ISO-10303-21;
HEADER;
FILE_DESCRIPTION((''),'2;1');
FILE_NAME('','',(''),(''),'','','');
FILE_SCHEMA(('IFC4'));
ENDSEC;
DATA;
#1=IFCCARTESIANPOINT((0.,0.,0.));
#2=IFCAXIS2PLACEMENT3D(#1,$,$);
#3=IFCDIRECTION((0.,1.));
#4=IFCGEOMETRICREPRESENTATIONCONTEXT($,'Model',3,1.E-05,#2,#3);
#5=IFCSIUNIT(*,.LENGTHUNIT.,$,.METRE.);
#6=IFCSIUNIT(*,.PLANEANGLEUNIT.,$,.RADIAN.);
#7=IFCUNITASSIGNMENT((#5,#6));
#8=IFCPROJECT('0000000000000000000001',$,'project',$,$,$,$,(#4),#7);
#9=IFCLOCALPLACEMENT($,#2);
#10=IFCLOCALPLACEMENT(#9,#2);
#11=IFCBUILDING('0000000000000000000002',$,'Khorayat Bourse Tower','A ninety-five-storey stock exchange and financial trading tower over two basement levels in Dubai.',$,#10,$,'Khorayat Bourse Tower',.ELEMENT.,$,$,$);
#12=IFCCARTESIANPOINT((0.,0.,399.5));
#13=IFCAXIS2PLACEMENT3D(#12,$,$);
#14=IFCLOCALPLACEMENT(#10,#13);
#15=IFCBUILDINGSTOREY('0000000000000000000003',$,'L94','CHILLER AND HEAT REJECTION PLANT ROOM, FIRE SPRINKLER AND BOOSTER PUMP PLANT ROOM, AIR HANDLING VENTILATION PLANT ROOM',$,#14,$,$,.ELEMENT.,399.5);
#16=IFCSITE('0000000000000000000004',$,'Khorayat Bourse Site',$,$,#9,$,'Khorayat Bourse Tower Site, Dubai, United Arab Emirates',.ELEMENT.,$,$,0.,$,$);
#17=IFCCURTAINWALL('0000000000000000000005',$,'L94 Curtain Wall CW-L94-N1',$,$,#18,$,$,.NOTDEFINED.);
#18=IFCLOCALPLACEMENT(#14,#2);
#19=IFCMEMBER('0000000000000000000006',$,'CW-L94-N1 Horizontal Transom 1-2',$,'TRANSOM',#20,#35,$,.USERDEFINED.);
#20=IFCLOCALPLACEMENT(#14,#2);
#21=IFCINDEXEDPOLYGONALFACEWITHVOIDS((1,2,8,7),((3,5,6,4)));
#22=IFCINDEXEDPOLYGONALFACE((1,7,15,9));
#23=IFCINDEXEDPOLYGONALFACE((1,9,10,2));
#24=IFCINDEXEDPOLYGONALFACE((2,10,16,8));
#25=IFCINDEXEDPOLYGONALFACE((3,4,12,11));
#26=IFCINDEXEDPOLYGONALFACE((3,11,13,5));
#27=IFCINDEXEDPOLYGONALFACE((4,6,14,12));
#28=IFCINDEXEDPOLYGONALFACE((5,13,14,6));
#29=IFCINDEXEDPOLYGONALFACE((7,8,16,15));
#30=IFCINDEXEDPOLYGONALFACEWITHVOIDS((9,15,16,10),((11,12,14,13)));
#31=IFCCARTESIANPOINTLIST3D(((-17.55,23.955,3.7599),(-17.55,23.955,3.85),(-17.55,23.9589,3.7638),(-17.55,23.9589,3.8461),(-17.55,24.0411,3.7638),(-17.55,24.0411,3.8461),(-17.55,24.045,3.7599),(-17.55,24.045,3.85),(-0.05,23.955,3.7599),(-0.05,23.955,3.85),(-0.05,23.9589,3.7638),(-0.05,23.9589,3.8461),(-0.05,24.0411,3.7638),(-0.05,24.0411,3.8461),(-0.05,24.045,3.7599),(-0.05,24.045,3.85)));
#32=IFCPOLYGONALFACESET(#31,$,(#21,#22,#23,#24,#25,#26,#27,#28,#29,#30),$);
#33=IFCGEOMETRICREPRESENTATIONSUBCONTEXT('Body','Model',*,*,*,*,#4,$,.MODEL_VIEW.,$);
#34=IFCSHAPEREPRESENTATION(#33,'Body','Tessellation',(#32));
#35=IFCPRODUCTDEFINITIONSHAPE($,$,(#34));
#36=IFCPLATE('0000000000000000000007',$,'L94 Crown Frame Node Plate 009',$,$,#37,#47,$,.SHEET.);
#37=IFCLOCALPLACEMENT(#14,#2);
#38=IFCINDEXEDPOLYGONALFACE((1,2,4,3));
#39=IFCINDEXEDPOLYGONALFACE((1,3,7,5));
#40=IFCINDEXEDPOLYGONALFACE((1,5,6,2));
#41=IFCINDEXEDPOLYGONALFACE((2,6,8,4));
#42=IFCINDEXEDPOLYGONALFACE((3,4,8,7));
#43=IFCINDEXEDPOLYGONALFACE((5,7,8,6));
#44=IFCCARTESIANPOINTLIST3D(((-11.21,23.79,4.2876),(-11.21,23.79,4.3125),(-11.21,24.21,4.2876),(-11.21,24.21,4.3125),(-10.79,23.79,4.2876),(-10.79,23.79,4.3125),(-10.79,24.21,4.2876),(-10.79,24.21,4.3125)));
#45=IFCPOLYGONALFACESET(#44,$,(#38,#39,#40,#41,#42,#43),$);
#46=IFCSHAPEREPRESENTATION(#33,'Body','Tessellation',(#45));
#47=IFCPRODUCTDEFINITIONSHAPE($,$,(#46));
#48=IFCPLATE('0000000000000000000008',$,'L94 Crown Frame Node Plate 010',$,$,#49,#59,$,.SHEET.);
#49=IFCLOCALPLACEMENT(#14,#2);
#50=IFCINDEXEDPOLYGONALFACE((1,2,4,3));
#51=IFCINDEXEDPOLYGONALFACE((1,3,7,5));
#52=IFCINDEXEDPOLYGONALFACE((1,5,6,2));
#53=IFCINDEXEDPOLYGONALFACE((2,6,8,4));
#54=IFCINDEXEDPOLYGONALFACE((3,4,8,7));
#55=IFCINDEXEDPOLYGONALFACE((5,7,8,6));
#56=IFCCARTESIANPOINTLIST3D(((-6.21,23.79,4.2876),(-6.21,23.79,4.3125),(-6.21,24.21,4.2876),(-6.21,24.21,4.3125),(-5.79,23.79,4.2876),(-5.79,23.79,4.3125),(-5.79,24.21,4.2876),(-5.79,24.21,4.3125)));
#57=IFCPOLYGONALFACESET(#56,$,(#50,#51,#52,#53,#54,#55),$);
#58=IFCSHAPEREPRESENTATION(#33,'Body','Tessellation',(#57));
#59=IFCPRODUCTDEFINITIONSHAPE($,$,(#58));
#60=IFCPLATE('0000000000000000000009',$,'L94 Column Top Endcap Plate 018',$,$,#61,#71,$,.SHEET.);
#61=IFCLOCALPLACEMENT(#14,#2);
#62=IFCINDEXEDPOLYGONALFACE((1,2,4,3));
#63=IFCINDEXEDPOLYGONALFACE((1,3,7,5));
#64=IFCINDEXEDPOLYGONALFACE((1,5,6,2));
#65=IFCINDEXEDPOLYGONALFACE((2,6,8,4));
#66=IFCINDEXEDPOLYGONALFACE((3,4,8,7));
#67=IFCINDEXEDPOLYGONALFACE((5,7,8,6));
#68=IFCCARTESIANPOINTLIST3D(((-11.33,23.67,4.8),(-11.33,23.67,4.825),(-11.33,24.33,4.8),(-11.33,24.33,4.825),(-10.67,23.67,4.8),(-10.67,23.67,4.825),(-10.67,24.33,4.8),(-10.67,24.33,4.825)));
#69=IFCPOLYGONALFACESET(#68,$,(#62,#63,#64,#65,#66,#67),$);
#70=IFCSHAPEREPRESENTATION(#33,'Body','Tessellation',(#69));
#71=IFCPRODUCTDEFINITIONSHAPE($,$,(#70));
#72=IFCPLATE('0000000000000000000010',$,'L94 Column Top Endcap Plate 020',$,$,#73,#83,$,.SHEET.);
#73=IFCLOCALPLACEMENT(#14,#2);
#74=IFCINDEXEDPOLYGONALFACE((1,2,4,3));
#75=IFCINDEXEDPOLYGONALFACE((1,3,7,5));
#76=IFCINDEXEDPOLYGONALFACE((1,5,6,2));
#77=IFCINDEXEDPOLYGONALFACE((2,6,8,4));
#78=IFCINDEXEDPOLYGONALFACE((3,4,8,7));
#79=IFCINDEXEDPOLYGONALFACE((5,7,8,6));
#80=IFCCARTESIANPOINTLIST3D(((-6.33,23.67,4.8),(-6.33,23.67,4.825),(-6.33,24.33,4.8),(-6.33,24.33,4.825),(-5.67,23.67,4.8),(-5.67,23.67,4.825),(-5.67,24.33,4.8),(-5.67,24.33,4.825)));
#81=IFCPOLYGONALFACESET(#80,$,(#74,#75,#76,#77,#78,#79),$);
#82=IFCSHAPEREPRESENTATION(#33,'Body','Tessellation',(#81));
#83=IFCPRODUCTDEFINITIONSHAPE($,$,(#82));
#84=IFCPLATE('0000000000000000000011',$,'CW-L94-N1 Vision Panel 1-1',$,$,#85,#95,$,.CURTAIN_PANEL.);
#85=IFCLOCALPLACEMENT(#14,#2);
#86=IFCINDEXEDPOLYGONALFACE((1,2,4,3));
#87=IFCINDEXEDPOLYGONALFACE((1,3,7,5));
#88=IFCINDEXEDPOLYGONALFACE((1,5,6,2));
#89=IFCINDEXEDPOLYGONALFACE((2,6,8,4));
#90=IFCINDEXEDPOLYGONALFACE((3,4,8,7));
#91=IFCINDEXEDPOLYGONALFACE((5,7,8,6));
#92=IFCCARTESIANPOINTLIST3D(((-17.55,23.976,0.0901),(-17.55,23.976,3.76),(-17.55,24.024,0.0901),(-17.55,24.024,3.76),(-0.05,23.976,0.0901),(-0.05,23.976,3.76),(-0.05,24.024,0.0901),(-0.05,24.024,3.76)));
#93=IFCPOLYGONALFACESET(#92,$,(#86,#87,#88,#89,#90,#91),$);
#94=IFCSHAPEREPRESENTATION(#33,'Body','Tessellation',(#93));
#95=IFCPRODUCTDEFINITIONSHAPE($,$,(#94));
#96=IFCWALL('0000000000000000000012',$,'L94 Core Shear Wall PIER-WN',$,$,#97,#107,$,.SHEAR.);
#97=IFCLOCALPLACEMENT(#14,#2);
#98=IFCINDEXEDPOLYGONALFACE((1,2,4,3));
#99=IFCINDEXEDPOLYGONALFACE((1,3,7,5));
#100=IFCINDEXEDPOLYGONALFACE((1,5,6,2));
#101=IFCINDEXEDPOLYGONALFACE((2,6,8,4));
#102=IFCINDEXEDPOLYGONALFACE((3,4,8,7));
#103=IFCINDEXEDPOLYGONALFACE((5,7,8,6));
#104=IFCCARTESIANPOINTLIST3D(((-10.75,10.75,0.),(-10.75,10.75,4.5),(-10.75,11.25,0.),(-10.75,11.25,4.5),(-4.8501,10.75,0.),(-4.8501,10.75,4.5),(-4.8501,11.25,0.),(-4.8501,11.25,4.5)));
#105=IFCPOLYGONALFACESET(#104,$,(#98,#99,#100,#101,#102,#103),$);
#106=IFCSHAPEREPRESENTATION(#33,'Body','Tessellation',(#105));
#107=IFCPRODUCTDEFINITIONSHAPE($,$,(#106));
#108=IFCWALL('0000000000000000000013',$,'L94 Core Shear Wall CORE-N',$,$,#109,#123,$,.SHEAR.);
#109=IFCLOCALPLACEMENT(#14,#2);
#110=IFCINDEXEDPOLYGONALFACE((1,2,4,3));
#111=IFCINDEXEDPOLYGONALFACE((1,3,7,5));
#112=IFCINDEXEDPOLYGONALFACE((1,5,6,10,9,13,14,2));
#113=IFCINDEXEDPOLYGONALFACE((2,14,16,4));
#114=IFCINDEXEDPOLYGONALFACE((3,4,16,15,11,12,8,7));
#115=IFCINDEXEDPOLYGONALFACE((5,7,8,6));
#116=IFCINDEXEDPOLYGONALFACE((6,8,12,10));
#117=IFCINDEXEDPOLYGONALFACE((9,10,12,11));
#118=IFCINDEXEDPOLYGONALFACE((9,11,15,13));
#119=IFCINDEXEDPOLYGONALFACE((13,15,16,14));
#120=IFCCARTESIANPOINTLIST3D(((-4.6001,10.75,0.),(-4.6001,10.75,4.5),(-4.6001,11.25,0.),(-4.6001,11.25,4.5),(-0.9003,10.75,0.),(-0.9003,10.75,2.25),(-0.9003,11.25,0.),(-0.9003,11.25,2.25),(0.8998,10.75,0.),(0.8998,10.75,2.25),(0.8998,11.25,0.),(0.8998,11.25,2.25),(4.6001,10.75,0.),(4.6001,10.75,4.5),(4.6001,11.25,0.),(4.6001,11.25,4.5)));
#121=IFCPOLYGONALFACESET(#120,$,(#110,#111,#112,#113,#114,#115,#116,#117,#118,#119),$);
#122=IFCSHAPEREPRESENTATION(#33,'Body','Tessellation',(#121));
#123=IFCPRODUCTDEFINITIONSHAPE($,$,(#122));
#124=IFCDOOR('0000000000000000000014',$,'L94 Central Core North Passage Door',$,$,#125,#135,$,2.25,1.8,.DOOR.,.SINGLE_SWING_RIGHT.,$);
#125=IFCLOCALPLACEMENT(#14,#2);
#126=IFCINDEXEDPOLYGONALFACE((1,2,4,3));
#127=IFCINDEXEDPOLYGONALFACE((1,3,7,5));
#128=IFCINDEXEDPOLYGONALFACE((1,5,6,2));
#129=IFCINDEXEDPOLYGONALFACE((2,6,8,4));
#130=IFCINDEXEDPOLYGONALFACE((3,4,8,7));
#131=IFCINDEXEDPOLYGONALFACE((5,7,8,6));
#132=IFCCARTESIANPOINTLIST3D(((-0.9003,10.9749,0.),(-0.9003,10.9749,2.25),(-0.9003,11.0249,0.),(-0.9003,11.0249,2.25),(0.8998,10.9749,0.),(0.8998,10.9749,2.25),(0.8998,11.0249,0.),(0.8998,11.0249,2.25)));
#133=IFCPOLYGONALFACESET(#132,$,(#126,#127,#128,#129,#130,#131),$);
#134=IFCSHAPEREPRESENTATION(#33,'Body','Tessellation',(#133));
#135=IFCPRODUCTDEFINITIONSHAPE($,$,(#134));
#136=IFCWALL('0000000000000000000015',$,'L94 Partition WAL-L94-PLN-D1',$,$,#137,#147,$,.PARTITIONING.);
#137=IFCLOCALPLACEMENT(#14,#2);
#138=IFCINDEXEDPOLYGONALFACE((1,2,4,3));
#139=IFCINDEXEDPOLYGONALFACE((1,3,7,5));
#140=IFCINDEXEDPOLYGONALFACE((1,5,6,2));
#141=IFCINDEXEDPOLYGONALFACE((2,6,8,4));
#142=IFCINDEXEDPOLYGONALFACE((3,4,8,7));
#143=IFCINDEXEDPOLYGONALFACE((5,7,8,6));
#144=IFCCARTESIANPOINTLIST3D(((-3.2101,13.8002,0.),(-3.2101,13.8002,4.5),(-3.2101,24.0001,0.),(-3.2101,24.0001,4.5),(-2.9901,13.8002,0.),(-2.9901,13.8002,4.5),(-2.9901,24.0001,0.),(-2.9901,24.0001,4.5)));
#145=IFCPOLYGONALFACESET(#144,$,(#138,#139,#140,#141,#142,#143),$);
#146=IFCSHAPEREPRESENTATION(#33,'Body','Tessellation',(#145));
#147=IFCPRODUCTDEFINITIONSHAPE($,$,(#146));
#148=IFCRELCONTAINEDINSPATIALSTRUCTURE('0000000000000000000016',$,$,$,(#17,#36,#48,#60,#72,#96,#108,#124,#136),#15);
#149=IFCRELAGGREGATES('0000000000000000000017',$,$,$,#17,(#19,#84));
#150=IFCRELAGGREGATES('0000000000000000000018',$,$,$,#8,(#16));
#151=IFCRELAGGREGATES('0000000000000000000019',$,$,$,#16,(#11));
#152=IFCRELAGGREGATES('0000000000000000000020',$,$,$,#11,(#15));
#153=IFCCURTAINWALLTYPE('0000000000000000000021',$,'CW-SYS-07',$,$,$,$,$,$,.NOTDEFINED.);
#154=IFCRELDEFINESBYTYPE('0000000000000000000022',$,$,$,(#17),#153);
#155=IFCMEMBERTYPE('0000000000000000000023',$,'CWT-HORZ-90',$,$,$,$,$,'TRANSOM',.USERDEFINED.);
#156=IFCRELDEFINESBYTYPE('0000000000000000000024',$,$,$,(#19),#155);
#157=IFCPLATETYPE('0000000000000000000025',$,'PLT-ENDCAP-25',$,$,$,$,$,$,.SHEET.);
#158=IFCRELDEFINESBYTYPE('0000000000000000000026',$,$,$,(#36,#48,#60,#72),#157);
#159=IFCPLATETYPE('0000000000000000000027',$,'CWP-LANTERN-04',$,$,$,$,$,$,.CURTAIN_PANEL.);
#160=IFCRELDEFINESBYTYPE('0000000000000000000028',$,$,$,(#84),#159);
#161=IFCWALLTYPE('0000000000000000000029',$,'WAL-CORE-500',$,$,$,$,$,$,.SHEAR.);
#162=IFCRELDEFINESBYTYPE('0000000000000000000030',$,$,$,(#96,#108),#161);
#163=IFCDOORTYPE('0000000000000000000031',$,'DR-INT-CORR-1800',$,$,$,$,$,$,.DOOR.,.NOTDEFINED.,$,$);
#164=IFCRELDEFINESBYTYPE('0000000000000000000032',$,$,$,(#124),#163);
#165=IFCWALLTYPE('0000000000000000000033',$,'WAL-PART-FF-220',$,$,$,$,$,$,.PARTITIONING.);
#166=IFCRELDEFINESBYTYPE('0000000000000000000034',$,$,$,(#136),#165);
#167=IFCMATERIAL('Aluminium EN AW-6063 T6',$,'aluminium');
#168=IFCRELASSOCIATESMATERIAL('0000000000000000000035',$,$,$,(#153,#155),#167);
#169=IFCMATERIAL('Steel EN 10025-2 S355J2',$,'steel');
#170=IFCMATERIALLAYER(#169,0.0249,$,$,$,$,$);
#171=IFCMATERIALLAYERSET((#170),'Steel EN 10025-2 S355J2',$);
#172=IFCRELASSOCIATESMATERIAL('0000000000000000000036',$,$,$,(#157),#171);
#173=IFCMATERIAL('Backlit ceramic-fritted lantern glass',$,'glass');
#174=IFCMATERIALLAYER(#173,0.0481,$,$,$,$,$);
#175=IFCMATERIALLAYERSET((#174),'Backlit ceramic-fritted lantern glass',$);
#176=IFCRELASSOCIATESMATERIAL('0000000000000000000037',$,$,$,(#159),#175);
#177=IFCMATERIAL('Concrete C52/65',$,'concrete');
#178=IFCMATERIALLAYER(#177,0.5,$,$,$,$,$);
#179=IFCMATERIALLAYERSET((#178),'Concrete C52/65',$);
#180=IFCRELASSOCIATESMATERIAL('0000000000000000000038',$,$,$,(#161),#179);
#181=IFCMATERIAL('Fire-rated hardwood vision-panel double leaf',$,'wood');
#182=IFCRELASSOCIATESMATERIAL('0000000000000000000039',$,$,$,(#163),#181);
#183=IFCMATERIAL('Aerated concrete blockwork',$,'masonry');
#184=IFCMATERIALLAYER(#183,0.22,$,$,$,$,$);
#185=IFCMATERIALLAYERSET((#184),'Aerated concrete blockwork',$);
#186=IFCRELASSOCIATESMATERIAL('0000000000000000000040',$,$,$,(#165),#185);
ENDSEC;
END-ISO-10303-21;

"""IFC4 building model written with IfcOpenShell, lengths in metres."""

from ifc_helpers import new_model, si_unit, direction, frame, frame_2d, origin, origin_2d, place, context, subcontext, project, spatial, rectangle, hollow_rectangle, extrude, source, transform, mapped, material, layer, layer_set, material_profile, profile_set, type_object, element, fill, aggregate, save


model = new_model("IFC4")

# Units and contexts
model_context = context("Model", 3, precision=1e-05, world=origin(), true_north=direction((0.0, 1.0)))
body_context = subcontext(model_context, "Body", "Model", "MODEL_VIEW")
ifc_project = project(units=[si_unit("LENGTHUNIT", "METRE"), si_unit("PLANEANGLEUNIT", "RADIAN")], contexts=[model_context])

# Site, building, storey
site_placement = place(None, origin())
site = spatial("IfcSite", under=ifc_project, at=site_placement, Name="Khorayat Bourse Site", LongName="Khorayat Bourse Tower Site, Dubai, United Arab Emirates", CompositionType="ELEMENT", RefElevation=0.0)
building_placement = place(site_placement, origin())
building = spatial("IfcBuilding", under=site, at=building_placement, Name="Khorayat Bourse Tower", Description="A ninety-five-storey stock exchange and financial trading tower over two basement levels in Dubai.", LongName="Khorayat Bourse Tower", CompositionType="ELEMENT")
storey_placement = place(building_placement, frame((0.0, 0.0, 399.5)))
storey = spatial("IfcBuildingStorey", under=building, at=storey_placement, Name="L94", Description="CHILLER AND HEAT REJECTION PLANT ROOM, FIRE SPRINKLER AND BOOSTER PUMP PLANT ROOM, AIR HANDLING VENTILATION PLANT ROOM", CompositionType="ELEMENT", Elevation=399.5)

# Shared definitions
ifc_material_1 = material(Name="Concrete C52/65", Category="concrete")
ifc_material_2 = material(Name="Steel EN 10025-2 S355J2", Category="steel")

# Curtain wall, member
ifc_material_3 = material(Name="Aluminium EN AW-6063 T6", Category="aluminium")
curtain_wall_type = type_object("IfcCurtainWallType", Name="CW-SYS-07", PredefinedType="NOTDEFINED", material=ifc_material_3)
curtain_wall_placement = place(storey_placement, origin())
curtain_wall = element("IfcCurtainWall", 1, at=curtain_wall_placement, inside=storey, type_object=curtain_wall_type, Name="L94 Curtain Wall CW-L94-N1", PredefinedType="NOTDEFINED")
ifc_material_profile_1 = material_profile(ifc_material_3, hollow_rectangle(XDim=0.0901, YDim=0.0901, WallThickness=0.0039, at=origin_2d()), Name="ALU 90x90x4")
ifc_profile_set_1 = profile_set([ifc_material_profile_1], Name="Aluminium EN AW-6063 T6")
member_type_1 = type_object("IfcMemberType", Name="CWT-HORZ-90", ElementType="TRANSOM", PredefinedType="USERDEFINED", material=ifc_profile_set_1)
shared_shape_1 = source(origin(), body_context, "Body", "SweptSolid", [
    extrude(hollow_rectangle(XDim=0.0901, YDim=0.0901, WallThickness=0.0039, at=origin_2d()), origin(), (0.0, 0.0, 1.0), 17.5),
])
member_1_placement = place(storey_placement, frame((-17.55, 24.0, 3.8049), z_axis=(1.0, 0.0, 0.0), x_axis=(0.0, 1.0, 0.0)))
member_1 = element("IfcMember", 2, at=member_1_placement, type_object=member_type_1, Name="CW-L94-N1 Horizontal Transom 1-2", ObjectType="TRANSOM", PredefinedType="USERDEFINED", context=body_context, shape_type="MappedRepresentation", body=[
    mapped(shared_shape_1, transform((0.0, 0.0, 0.0), scale=1.0)),
])

# Plates
ifc_layer_1 = layer(ifc_material_2, 0.0249)
ifc_layer_set_1 = layer_set([ifc_layer_1], Name="Steel EN 10025-2 S355J2")
plate_type_1 = type_object("IfcPlateType", Name="PLT-ENDCAP-25", PredefinedType="SHEET", material=ifc_layer_set_1)
shared_shape_2 = source(origin(), body_context, "Body", "SweptSolid", [
    extrude(rectangle(XDim=0.4199, YDim=0.4199, at=origin_2d()), origin(), (0.0, 0.0, 1.0), 0.0249),
])
for number, where, z_axis, x_axis, name in (
    (3, (-11.0, 24.0, 4.2876), (0.0, 0.0, 1.0), (1.0, 0.0, 0.0), "L94 Crown Frame Node Plate 009"),
    (4, (-6.0, 24.0, 4.2876), (0.0, 0.0, 1.0), (1.0, 0.0, 0.0), "L94 Crown Frame Node Plate 010"),
):
    element("IfcPlate", number, at=place(storey_placement, frame(where, z_axis=z_axis, x_axis=x_axis)), inside=storey, type_object=plate_type_1, Name=name, PredefinedType="SHEET", context=body_context, shape_type="MappedRepresentation", body=[
        mapped(shared_shape_2, transform((0.0, 0.0, 0.0), scale=1.0)),
    ])
shared_shape_3 = source(origin(), body_context, "Body", "SweptSolid", [
    extrude(rectangle(XDim=0.6599, YDim=0.6599, at=origin_2d()), origin(), (0.0, 0.0, 1.0), 0.0249),
])
for number, where, z_axis, x_axis, name in (
    (5, (-11.0, 24.0, 4.8), (0.0, 0.0, 1.0), (1.0, 0.0, 0.0), "L94 Column Top Endcap Plate 018"),
    (6, (-6.0, 24.0, 4.8), (0.0, 0.0, 1.0), (1.0, 0.0, 0.0), "L94 Column Top Endcap Plate 020"),
):
    element("IfcPlate", number, at=place(storey_placement, frame(where, z_axis=z_axis, x_axis=x_axis)), inside=storey, type_object=plate_type_1, Name=name, PredefinedType="SHEET", context=body_context, shape_type="MappedRepresentation", body=[
        mapped(shared_shape_3, transform((0.0, 0.0, 0.0), scale=1.0)),
    ])

# Plate
ifc_material_4 = material(Name="Backlit ceramic-fritted lantern glass", Category="glass")
ifc_layer_2 = layer(ifc_material_4, 0.0481)
ifc_layer_set_2 = layer_set([ifc_layer_2], Name="Backlit ceramic-fritted lantern glass")
plate_type_2 = type_object("IfcPlateType", Name="CWP-LANTERN-04", PredefinedType="CURTAIN_PANEL", material=ifc_layer_set_2)
shared_shape_4 = source(origin(), body_context, "Body", "SweptSolid", [
    extrude(rectangle(XDim=17.5, YDim=0.0481, at=origin_2d()), origin(), (0.0, 0.0, 1.0), 3.6699),
])
plate_placement = place(storey_placement, frame((-8.8, 24.0, 0.0901), z_axis=(0.0, 0.0, 1.0), x_axis=(1.0, 0.0, 0.0)))
plate = element("IfcPlate", 7, at=plate_placement, type_object=plate_type_2, Name="CW-L94-N1 Vision Panel 1-1", PredefinedType="CURTAIN_PANEL", context=body_context, shape_type="MappedRepresentation", body=[
    mapped(shared_shape_4, transform((0.0, 0.0, 0.0), scale=1.0)),
])
aggregate(curtain_wall, [member_1, plate])

# Wall
ifc_layer_3 = layer(ifc_material_1, 0.5)
ifc_layer_set_3 = layer_set([ifc_layer_3], Name="Concrete C52/65")
wall_type_1 = type_object("IfcWallType", Name="WAL-CORE-500", PredefinedType="SHEAR", material=ifc_layer_set_3)
shared_shape_5 = source(origin(), body_context, "Body", "SweptSolid", [
    extrude(rectangle(XDim=5.8999, YDim=0.5, at=frame_2d((2.95, 0.0))), origin(), (0.0, 0.0, 1.0), 4.5),
])
wall_1_placement = place(storey_placement, frame((-10.75, 11.0, 0.0), z_axis=(0.0, 0.0, 1.0), x_axis=(1.0, 0.0, 0.0)))
element("IfcWall", 8, at=wall_1_placement, inside=storey, type_object=wall_type_1, Name="L94 Core Shear Wall PIER-WN", PredefinedType="SHEAR", context=body_context, shape_type="MappedRepresentation", body=[
    mapped(shared_shape_5, transform((0.0, 0.0, 0.0), scale=1.0)),
])

# Wall, opening, door
shared_shape_6 = source(origin(), body_context, "Body", "SweptSolid", [
    extrude(rectangle(XDim=9.2002, YDim=0.5, at=frame_2d((4.6001, 0.0))), origin(), (0.0, 0.0, 1.0), 4.5),
])
wall_2_placement = place(storey_placement, frame((-4.6001, 11.0, 0.0), z_axis=(0.0, 0.0, 1.0), x_axis=(1.0, 0.0, 0.0)))
wall_2 = element("IfcWall", 9, at=wall_2_placement, inside=storey, type_object=wall_type_1, Name="L94 Core Shear Wall CORE-N", PredefinedType="SHEAR", context=body_context, shape_type="MappedRepresentation", body=[
    mapped(shared_shape_6, transform((0.0, 0.0, 0.0), scale=1.0)),
])
shared_shape_7 = source(origin(), body_context, "Body", "SweptSolid", [
    extrude(rectangle(XDim=1.8, YDim=2.25, at=frame_2d((0.8999, 1.125))), frame((0.0, 0.26, 0.0), z_axis=(0.0, -1.0, 0.0), x_axis=(1.0, 0.0, 0.0)), (0.0, 0.0, 1.0), 0.52),
])
opening_placement = place(wall_2_placement, frame((3.7, 0.0, 0.0)))
opening = element("IfcOpeningElement", 10, at=opening_placement, cuts=wall_2, PredefinedType="OPENING", context=body_context, shape_type="MappedRepresentation", body=[
    mapped(shared_shape_7, transform((0.0, 0.0, 0.0), scale=1.0)),
])
ifc_material_5 = material(Name="Fire-rated hardwood vision-panel double leaf", Category="wood")
door_type = type_object("IfcDoorType", Name="DR-INT-CORR-1800", OperationType="NOTDEFINED", PredefinedType="DOOR", material=ifc_material_5)
shared_shape_8 = source(origin(), body_context, "Body", "SweptSolid", [
    extrude(rectangle(XDim=1.8, YDim=2.25, at=frame_2d((0.8999, 1.125))), frame((0.0, 0.0249, 0.0), z_axis=(0.0, -1.0, 0.0), x_axis=(1.0, 0.0, 0.0)), (0.0, 0.0, 1.0), 0.05),
])
door_placement = place(opening_placement, origin())
door = element("IfcDoor", 11, at=door_placement, inside=storey, type_object=door_type, Name="L94 Central Core North Passage Door", OperationType="SINGLE_SWING_RIGHT", OverallHeight=2.25, OverallWidth=1.8, PredefinedType="DOOR", context=body_context, shape_type="MappedRepresentation", body=[
    mapped(shared_shape_8, transform((0.0, 0.0, 0.0), scale=1.0)),
])
fill(opening, door)

# Wall
ifc_material_6 = material(Name="Aerated concrete blockwork", Category="masonry")
ifc_layer_4 = layer(ifc_material_6, 0.22)
ifc_layer_set_4 = layer_set([ifc_layer_4], Name="Aerated concrete blockwork")
wall_type_2 = type_object("IfcWallType", Name="WAL-PART-FF-220", PredefinedType="PARTITIONING", material=ifc_layer_set_4)
shared_shape_9 = source(origin(), body_context, "Body", "SweptSolid", [
    extrude(rectangle(XDim=10.2, YDim=0.22, at=frame_2d((5.1001, 0.0))), origin(), (0.0, 0.0, 1.0), 4.5),
])
wall_3_placement = place(storey_placement, frame((-3.1001, 13.8, 0.0), z_axis=(0.0, 0.0, 1.0), x_axis=(0.0, 1.0, 0.0)))
element("IfcWall", 12, at=wall_3_placement, inside=storey, type_object=wall_type_2, Name="L94 Partition WAL-L94-PLN-D1", PredefinedType="PARTITIONING", context=body_context, shape_type="MappedRepresentation", body=[
    mapped(shared_shape_9, transform((0.0, 0.0, 0.0), scale=1.0)),
])

save(model, "model.ifc")
